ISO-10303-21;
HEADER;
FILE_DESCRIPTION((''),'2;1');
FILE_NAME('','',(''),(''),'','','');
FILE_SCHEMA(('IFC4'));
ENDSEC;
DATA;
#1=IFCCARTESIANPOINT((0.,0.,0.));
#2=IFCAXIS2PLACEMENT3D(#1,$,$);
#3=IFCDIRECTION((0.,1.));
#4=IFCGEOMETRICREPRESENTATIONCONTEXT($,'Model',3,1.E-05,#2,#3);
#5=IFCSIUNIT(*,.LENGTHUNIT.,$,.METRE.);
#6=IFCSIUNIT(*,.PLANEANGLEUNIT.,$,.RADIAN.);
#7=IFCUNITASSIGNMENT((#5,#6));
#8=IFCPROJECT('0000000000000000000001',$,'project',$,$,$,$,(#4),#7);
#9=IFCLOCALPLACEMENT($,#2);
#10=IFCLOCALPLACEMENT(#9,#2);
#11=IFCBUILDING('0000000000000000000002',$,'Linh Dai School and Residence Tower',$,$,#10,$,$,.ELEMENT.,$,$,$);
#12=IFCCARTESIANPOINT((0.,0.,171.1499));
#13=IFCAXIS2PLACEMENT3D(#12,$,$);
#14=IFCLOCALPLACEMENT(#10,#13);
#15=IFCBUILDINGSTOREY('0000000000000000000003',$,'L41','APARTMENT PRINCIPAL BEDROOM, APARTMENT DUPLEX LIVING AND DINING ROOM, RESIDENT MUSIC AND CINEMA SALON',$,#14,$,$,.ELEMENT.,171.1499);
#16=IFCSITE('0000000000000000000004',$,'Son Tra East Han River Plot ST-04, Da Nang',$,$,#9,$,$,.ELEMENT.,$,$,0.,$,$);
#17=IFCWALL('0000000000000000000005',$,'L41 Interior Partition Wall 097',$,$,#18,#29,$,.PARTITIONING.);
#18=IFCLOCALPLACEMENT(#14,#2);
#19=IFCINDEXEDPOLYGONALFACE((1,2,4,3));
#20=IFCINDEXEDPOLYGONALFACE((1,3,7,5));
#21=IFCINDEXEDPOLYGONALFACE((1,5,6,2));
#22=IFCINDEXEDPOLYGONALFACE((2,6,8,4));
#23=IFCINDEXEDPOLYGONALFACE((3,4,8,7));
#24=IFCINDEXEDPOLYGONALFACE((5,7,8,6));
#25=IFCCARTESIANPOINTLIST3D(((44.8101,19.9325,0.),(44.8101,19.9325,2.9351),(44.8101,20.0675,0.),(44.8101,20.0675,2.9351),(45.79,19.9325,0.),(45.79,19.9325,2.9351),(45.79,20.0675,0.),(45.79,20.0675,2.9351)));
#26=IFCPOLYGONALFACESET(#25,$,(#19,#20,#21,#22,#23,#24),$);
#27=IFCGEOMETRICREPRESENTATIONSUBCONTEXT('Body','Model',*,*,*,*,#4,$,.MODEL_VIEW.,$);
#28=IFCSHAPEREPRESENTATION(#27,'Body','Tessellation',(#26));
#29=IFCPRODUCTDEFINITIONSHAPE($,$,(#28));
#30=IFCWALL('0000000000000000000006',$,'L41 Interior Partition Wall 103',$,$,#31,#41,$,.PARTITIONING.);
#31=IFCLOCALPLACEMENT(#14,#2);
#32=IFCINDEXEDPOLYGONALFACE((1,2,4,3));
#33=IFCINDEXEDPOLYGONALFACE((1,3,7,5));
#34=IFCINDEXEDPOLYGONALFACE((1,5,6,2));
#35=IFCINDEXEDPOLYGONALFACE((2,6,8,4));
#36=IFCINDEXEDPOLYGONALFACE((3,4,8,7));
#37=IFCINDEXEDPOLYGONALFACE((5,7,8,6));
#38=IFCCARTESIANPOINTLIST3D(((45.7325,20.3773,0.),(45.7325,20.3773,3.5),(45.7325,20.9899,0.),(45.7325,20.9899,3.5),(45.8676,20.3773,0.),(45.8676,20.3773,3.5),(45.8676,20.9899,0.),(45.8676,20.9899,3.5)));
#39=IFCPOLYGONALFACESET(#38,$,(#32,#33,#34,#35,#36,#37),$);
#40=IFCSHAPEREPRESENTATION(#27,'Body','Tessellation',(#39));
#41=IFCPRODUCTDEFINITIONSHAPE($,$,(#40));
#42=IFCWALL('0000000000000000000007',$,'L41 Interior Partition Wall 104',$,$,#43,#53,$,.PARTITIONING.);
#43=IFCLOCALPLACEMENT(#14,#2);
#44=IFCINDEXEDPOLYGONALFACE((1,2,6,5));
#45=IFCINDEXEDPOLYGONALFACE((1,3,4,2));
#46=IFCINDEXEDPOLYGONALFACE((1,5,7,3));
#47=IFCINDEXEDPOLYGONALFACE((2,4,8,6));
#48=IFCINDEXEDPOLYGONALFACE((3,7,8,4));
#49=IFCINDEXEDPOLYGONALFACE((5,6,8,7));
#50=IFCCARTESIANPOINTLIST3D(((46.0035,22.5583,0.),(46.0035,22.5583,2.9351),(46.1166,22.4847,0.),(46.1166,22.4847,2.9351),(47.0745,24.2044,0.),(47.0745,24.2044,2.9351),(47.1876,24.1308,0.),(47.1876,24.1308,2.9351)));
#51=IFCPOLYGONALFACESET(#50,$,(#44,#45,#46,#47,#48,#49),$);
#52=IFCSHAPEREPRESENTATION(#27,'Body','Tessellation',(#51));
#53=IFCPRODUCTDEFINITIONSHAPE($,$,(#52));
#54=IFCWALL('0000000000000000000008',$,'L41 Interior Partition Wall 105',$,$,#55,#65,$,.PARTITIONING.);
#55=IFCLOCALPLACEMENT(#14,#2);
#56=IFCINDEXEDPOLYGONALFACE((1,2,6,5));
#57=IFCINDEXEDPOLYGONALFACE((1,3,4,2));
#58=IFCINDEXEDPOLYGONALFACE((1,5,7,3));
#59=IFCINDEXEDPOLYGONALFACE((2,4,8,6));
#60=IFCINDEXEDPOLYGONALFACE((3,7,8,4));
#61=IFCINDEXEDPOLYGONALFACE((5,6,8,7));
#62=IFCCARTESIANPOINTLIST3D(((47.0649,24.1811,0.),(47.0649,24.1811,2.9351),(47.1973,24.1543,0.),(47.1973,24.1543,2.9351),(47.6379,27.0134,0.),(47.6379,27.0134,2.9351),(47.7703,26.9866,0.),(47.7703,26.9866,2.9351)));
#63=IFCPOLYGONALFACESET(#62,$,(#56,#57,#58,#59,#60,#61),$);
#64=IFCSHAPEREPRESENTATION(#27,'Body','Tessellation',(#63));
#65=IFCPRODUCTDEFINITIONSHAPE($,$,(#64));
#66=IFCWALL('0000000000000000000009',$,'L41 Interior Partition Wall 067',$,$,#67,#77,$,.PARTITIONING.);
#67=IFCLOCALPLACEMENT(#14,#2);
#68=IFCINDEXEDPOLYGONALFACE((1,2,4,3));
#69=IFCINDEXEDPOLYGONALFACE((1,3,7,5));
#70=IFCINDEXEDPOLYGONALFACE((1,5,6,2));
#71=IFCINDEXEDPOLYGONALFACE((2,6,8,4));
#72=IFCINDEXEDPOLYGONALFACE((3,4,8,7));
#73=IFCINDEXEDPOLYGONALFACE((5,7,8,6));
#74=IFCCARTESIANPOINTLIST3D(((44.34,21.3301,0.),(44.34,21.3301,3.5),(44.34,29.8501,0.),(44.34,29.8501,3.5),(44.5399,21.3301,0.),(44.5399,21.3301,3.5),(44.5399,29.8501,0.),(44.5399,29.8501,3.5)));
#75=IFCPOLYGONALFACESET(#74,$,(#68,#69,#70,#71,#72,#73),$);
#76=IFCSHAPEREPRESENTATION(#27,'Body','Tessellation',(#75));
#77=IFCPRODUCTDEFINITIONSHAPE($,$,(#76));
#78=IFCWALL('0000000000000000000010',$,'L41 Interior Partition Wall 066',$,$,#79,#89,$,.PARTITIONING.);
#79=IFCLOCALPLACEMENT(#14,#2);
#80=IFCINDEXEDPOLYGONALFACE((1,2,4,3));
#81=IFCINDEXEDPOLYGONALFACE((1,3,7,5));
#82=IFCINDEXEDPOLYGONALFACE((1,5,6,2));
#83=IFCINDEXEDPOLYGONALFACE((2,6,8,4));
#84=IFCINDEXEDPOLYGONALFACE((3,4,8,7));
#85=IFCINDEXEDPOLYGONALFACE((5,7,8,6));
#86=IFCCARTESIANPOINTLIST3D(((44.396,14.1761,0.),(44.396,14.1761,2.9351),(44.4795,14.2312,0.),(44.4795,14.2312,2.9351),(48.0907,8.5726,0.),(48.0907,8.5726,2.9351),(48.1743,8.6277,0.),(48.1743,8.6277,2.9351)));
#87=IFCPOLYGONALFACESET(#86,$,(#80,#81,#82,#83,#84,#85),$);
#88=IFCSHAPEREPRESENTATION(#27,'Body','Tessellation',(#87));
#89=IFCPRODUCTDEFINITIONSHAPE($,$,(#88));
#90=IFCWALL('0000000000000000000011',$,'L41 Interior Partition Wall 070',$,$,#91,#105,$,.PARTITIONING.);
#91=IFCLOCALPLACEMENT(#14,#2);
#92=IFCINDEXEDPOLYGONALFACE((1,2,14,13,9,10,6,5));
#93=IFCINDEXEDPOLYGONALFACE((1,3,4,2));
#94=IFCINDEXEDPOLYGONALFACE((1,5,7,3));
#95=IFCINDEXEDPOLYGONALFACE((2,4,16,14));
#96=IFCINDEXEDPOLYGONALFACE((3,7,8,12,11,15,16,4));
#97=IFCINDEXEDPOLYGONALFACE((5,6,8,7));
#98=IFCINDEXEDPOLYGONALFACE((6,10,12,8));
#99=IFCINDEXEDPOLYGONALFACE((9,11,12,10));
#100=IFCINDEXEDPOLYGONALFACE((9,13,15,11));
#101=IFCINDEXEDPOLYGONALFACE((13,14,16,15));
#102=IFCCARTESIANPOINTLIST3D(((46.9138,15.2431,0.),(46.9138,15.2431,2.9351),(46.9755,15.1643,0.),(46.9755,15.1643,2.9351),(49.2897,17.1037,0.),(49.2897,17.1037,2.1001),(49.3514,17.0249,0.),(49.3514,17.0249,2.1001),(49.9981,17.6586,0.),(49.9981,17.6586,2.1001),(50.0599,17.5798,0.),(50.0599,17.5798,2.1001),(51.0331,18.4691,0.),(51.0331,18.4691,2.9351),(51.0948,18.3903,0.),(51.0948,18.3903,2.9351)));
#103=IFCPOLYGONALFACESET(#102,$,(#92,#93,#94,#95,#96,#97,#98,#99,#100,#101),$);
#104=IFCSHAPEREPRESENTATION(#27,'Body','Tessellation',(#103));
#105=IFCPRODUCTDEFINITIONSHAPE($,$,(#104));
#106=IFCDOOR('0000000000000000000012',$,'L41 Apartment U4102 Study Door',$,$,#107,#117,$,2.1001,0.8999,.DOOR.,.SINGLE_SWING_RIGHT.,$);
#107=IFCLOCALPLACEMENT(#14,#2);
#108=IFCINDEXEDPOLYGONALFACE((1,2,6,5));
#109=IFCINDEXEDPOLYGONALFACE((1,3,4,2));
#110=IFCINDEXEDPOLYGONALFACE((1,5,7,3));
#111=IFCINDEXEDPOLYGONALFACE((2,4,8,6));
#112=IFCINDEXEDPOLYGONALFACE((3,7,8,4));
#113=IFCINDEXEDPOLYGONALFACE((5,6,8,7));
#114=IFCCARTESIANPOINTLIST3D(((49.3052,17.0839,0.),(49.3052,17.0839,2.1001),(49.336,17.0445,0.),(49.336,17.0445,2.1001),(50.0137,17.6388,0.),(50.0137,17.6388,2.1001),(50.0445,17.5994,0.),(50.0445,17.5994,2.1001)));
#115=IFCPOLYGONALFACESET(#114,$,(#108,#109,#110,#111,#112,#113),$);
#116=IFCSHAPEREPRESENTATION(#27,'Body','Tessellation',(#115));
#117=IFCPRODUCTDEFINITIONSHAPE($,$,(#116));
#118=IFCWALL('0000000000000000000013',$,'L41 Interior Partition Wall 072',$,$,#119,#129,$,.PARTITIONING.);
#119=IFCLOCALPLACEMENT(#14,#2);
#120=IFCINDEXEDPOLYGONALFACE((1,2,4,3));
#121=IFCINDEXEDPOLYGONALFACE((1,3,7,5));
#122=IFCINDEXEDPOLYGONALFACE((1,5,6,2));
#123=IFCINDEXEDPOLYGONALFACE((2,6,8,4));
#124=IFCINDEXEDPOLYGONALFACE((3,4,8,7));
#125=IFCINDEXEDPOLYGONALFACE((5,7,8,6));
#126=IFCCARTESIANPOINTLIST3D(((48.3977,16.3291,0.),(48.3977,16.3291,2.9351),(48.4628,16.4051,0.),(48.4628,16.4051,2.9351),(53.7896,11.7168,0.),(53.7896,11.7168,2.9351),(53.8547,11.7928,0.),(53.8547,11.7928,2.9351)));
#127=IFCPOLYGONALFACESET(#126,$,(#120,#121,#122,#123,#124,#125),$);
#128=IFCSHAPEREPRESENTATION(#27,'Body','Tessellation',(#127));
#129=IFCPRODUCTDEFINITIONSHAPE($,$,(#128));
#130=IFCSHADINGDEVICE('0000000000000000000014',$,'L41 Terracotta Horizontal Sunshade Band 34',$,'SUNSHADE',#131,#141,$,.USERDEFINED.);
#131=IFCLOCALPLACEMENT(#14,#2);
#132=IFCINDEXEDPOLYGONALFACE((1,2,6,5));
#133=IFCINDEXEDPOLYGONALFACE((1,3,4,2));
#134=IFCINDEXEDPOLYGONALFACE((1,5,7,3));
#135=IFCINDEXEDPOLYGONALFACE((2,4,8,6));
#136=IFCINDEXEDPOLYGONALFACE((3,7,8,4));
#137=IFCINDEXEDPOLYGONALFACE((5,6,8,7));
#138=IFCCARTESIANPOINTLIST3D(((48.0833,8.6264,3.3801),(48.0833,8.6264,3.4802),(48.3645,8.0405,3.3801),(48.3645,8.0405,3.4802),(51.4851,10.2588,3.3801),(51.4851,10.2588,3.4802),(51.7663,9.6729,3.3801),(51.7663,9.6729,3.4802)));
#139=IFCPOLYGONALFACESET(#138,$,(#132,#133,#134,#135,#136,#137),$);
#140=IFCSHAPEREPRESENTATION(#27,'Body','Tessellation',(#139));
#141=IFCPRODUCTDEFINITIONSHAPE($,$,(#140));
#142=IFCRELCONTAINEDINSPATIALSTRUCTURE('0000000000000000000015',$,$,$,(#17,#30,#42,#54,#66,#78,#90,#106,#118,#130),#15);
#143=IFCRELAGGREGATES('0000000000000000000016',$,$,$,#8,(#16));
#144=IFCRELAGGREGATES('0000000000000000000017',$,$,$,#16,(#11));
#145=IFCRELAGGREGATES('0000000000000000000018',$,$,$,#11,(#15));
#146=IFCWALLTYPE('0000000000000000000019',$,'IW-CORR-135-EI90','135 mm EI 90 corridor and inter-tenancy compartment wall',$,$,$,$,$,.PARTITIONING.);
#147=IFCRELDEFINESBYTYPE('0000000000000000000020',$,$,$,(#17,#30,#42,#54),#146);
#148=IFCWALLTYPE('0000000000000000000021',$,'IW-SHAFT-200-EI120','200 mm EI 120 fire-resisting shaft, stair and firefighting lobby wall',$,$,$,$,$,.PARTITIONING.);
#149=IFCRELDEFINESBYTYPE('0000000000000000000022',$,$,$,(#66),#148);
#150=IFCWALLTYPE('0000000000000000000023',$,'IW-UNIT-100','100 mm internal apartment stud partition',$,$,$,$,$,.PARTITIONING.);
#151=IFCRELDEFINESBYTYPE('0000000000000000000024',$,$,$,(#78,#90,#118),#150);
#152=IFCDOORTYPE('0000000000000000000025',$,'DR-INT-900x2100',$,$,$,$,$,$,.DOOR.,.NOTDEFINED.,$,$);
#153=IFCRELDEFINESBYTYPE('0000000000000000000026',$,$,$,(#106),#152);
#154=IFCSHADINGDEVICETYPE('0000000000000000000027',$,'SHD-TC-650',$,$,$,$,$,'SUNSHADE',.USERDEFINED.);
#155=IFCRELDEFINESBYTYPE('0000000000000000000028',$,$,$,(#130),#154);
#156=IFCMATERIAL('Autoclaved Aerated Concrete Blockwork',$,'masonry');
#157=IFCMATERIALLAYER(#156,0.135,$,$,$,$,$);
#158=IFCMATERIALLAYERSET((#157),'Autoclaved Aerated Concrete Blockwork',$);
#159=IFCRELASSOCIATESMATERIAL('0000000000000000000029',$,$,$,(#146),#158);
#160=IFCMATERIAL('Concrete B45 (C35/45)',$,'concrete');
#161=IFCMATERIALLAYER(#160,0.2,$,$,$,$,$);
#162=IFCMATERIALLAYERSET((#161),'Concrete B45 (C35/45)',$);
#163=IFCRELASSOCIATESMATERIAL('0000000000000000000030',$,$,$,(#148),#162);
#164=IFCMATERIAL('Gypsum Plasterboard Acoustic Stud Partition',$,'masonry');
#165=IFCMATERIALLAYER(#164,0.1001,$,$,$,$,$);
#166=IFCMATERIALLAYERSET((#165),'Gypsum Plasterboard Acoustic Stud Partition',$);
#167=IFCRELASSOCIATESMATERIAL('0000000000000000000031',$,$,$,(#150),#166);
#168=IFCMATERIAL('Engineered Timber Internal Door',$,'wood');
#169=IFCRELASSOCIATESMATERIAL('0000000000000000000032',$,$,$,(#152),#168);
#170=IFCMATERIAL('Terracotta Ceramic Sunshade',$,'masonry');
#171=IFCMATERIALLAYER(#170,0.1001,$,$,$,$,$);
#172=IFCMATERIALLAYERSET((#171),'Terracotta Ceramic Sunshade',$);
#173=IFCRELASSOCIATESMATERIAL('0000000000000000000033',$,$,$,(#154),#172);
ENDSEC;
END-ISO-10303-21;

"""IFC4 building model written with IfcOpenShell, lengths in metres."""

from ifc_helpers import new_model, si_unit, direction, frame, frame_2d, origin, origin_2d, place, context, subcontext, project, spatial, rectangle, extrude, source, transform, mapped, material, layer, layer_set, type_object, element, fill, save


model = new_model("IFC4")

# Units and contexts
model_context = context("Model", 3, precision=1e-05, world=origin(), true_north=direction((0.0, 1.0)))
body_context = subcontext(model_context, "Body", "Model", "MODEL_VIEW")
ifc_project = project(units=[si_unit("LENGTHUNIT", "METRE"), si_unit("PLANEANGLEUNIT", "RADIAN")], contexts=[model_context])

# Site, building, storey
site_placement = place(None, origin())
site = spatial("IfcSite", under=ifc_project, at=site_placement, Name="Son Tra East Han River Plot ST-04, Da Nang", CompositionType="ELEMENT", RefElevation=0.0)
building_placement = place(site_placement, origin())
building = spatial("IfcBuilding", under=site, at=building_placement, Name="Linh Dai School and Residence Tower", CompositionType="ELEMENT")
storey_placement = place(building_placement, frame((0.0, 0.0, 171.1499)))
storey = spatial("IfcBuildingStorey", under=building, at=storey_placement, Name="L41", Description="APARTMENT PRINCIPAL BEDROOM, APARTMENT DUPLEX LIVING AND DINING ROOM, RESIDENT MUSIC AND CINEMA SALON", CompositionType="ELEMENT", Elevation=171.1499)

# Walls
ifc_material_1 = material(Name="Autoclaved Aerated Concrete Blockwork", Category="masonry")
ifc_layer_1 = layer(ifc_material_1, 0.135)
ifc_layer_set_1 = layer_set([ifc_layer_1], Name="Autoclaved Aerated Concrete Blockwork")
wall_type_1 = type_object("IfcWallType", Name="IW-CORR-135-EI90", Description="135 mm EI 90 corridor and inter-tenancy compartment wall", PredefinedType="PARTITIONING", material=ifc_layer_set_1)
wall_1_placement = place(storey_placement, frame((44.8101, 20.0, 0.0), z_axis=(0.0, 0.0, 1.0), x_axis=(1.0, 0.0, 0.0)))
element("IfcWall", 1, at=wall_1_placement, inside=storey, type_object=wall_type_1, Name="L41 Interior Partition Wall 097", PredefinedType="PARTITIONING", context=body_context, shape_type="SweptSolid", body=[
    extrude(rectangle(XDim=0.98, YDim=0.135, at=frame_2d((0.49, 0.0))), origin(), (0.0, 0.0, 1.0), 2.9351),
])
wall_2_placement = place(storey_placement, frame((45.8, 20.3774, 0.0), z_axis=(0.0, 0.0, 1.0), x_axis=(0.0, 1.0, 0.0)))
element("IfcWall", 2, at=wall_2_placement, inside=storey, type_object=wall_type_1, Name="L41 Interior Partition Wall 103", PredefinedType="PARTITIONING", context=body_context, shape_type="SweptSolid", body=[
    extrude(rectangle(XDim=0.6125, YDim=0.135, at=frame_2d((0.3062, 0.0))), origin(), (0.0, 0.0, 1.0), 3.5),
])
wall_3_placement = place(storey_placement, frame((46.0601, 22.5215, 0.0), z_axis=(0.0, 0.0, 1.0), x_axis=(0.545342, 0.838213, 0.0)))
element("IfcWall", 3, at=wall_3_placement, inside=storey, type_object=wall_type_1, Name="L41 Interior Partition Wall 104", PredefinedType="PARTITIONING", context=body_context, shape_type="SweptSolid", body=[
    extrude(rectangle(XDim=1.9639, YDim=0.135, at=frame_2d((0.9819, 0.0))), origin(), (0.0, 0.0, 1.0), 2.9351),
])
wall_4_placement = place(storey_placement, frame((47.1311, 24.1677, 0.0), z_axis=(0.0, 0.0, 1.0), x_axis=(0.198293, 0.980143, 0.0)))
element("IfcWall", 4, at=wall_4_placement, inside=storey, type_object=wall_type_1, Name="L41 Interior Partition Wall 105", PredefinedType="PARTITIONING", context=body_context, shape_type="SweptSolid", body=[
    extrude(rectangle(XDim=2.8896, YDim=0.135, at=frame_2d((1.4448, 0.0))), origin(), (0.0, 0.0, 1.0), 2.9351),
])
ifc_material_2 = material(Name="Concrete B45 (C35/45)", Category="concrete")
ifc_layer_2 = layer(ifc_material_2, 0.2)
ifc_layer_set_2 = layer_set([ifc_layer_2], Name="Concrete B45 (C35/45)")
wall_type_2 = type_object("IfcWallType", Name="IW-SHAFT-200-EI120", Description="200 mm EI 120 fire-resisting shaft, stair and firefighting lobby wall", PredefinedType="PARTITIONING", material=ifc_layer_set_2)
wall_5_placement = place(storey_placement, frame((44.4399, 21.3301, 0.0), z_axis=(0.0, 0.0, 1.0), x_axis=(0.0, 1.0, 0.0)))
element("IfcWall", 5, at=wall_5_placement, inside=storey, type_object=wall_type_2, Name="L41 Interior Partition Wall 067", PredefinedType="PARTITIONING", context=body_context, shape_type="SweptSolid", body=[
    extrude(rectangle(XDim=8.52, YDim=0.2, at=frame_2d((4.26, 0.0))), origin(), (0.0, 0.0, 1.0), 3.5),
])
ifc_material_3 = material(Name="Gypsum Plasterboard Acoustic Stud Partition", Category="masonry")
ifc_layer_3 = layer(ifc_material_3, 0.1001)
ifc_layer_set_3 = layer_set([ifc_layer_3], Name="Gypsum Plasterboard Acoustic Stud Partition")
wall_type_3 = type_object("IfcWallType", Name="IW-UNIT-100", Description="100 mm internal apartment stud partition", PredefinedType="PARTITIONING", material=ifc_layer_set_3)
wall_6_placement = place(storey_placement, frame((44.4377, 14.2036, 0.0), z_axis=(0.0, 0.0, 1.0), x_axis=(0.550479, -0.834849, 0.0)))
element("IfcWall", 6, at=wall_6_placement, inside=storey, type_object=wall_type_3, Name="L41 Interior Partition Wall 066", PredefinedType="PARTITIONING", context=body_context, shape_type="SweptSolid", body=[
    extrude(rectangle(XDim=6.7119, YDim=0.1001, at=frame_2d((3.356, 0.0))), origin(), (0.0, 0.0, 1.0), 2.9351),
])

# Wall, opening, door
wall_7_placement = place(storey_placement, frame((46.9446, 15.2036, 0.0), z_axis=(0.0, 0.0, 1.0), x_axis=(0.7873, 0.61657, 0.0)))
wall_7 = element("IfcWall", 7, at=wall_7_placement, inside=storey, type_object=wall_type_3, Name="L41 Interior Partition Wall 070", PredefinedType="PARTITIONING", context=body_context, shape_type="SweptSolid", body=[
    extrude(rectangle(XDim=5.2322, YDim=0.1001, at=frame_2d((2.6162, 0.0))), origin(), (0.0, 0.0, 1.0), 2.9351),
])
opening_1_placement = place(wall_7_placement, frame((3.0178, 0.0, 0.0)))
opening_1 = element("IfcOpeningElement", 8, at=opening_1_placement, cuts=wall_7, PredefinedType="OPENING", context=body_context, shape_type="SweptSolid", body=[
    extrude(rectangle(XDim=0.8999, YDim=2.1001, at=origin_2d()), frame((0.45, 0.0601, 1.05), z_axis=(0.0, -1.0, 0.0), x_axis=(1.0, 0.0, 0.0)), (0.0, 0.0, 1.0), 0.1201),
])
ifc_material_4 = material(Name="Engineered Timber Internal Door", Category="wood")
door_type_1 = type_object("IfcDoorType", Name="DR-INT-900x2100", OperationType="NOTDEFINED", PredefinedType="DOOR", material=ifc_material_4)
shared_shape_1 = source(origin(), body_context, "Body", "SweptSolid", [
    extrude(rectangle(XDim=0.8999, YDim=2.1001, at=origin_2d()), frame((0.45, 0.0249, 1.05), z_axis=(0.0, -1.0, 0.0), x_axis=(1.0, 0.0, 0.0)), (0.0, 0.0, 1.0), 0.05),
])
door_1_placement = place(opening_1_placement, origin())
door_1 = element("IfcDoor", 9, at=door_1_placement, inside=storey, type_object=door_type_1, Name="L41 Apartment U4102 Study Door", OperationType="SINGLE_SWING_RIGHT", OverallHeight=2.1001, OverallWidth=0.8999, PredefinedType="DOOR", context=body_context, shape_type="MappedRepresentation", body=[
    mapped(shared_shape_1, transform((0.0, 0.0, 0.0), x_axis=(1.0, 0.0, 0.0), y_axis=(0.0, 1.0, 0.0), z_axis=(0.0, 0.0, 1.0), scale=1.0)),
])
fill(opening_1, door_1)

# Wall
wall_8_placement = place(storey_placement, frame((48.4302, 16.3672, 0.0), z_axis=(0.0, 0.0, 1.0), x_axis=(0.759902, -0.650037, 0.0)))
element("IfcWall", 10, at=wall_8_placement, inside=storey, type_object=wall_type_3, Name="L41 Interior Partition Wall 072", PredefinedType="PARTITIONING", context=body_context, shape_type="SweptSolid", body=[
    extrude(rectangle(XDim=7.0955, YDim=0.1001, at=frame_2d((3.5479, 0.0))), origin(), (0.0, 0.0, 1.0), 2.9351),
])

# Shading device
ifc_material_5 = material(Name="Terracotta Ceramic Sunshade", Category="masonry")
ifc_layer_4 = layer(ifc_material_5, 0.1001)
ifc_layer_set_4 = layer_set([ifc_layer_4], Name="Terracotta Ceramic Sunshade")
shading_device_type = type_object("IfcShadingDeviceType", Name="SHD-TC-650", ElementType="SUNSHADE", PredefinedType="USERDEFINED", material=ifc_layer_set_4)
shared_shape_2 = source(origin(), body_context, "Body", "SweptSolid", [
    extrude(rectangle(XDim=3.7732, YDim=0.6499, at=origin_2d()), origin(), (0.0, 0.0, 1.0), 0.1001),
])
shading_device_placement = place(storey_placement, frame((49.9248, 9.1497, 3.3801), z_axis=(0.0, 0.0, 1.0), x_axis=(-0.901569, -0.432635, 0.0)))
element("IfcShadingDevice", 11, at=shading_device_placement, inside=storey, type_object=shading_device_type, Name="L41 Terracotta Horizontal Sunshade Band 34", ObjectType="SUNSHADE", PredefinedType="USERDEFINED", context=body_context, shape_type="MappedRepresentation", body=[
    mapped(shared_shape_2, transform((0.0, 0.0, 0.0), x_axis=(1.0, 0.0, 0.0), y_axis=(0.0, 1.0, 0.0), z_axis=(0.0, 0.0, 1.0), scale=1.0)),
])

save(model, "model.ifc")
